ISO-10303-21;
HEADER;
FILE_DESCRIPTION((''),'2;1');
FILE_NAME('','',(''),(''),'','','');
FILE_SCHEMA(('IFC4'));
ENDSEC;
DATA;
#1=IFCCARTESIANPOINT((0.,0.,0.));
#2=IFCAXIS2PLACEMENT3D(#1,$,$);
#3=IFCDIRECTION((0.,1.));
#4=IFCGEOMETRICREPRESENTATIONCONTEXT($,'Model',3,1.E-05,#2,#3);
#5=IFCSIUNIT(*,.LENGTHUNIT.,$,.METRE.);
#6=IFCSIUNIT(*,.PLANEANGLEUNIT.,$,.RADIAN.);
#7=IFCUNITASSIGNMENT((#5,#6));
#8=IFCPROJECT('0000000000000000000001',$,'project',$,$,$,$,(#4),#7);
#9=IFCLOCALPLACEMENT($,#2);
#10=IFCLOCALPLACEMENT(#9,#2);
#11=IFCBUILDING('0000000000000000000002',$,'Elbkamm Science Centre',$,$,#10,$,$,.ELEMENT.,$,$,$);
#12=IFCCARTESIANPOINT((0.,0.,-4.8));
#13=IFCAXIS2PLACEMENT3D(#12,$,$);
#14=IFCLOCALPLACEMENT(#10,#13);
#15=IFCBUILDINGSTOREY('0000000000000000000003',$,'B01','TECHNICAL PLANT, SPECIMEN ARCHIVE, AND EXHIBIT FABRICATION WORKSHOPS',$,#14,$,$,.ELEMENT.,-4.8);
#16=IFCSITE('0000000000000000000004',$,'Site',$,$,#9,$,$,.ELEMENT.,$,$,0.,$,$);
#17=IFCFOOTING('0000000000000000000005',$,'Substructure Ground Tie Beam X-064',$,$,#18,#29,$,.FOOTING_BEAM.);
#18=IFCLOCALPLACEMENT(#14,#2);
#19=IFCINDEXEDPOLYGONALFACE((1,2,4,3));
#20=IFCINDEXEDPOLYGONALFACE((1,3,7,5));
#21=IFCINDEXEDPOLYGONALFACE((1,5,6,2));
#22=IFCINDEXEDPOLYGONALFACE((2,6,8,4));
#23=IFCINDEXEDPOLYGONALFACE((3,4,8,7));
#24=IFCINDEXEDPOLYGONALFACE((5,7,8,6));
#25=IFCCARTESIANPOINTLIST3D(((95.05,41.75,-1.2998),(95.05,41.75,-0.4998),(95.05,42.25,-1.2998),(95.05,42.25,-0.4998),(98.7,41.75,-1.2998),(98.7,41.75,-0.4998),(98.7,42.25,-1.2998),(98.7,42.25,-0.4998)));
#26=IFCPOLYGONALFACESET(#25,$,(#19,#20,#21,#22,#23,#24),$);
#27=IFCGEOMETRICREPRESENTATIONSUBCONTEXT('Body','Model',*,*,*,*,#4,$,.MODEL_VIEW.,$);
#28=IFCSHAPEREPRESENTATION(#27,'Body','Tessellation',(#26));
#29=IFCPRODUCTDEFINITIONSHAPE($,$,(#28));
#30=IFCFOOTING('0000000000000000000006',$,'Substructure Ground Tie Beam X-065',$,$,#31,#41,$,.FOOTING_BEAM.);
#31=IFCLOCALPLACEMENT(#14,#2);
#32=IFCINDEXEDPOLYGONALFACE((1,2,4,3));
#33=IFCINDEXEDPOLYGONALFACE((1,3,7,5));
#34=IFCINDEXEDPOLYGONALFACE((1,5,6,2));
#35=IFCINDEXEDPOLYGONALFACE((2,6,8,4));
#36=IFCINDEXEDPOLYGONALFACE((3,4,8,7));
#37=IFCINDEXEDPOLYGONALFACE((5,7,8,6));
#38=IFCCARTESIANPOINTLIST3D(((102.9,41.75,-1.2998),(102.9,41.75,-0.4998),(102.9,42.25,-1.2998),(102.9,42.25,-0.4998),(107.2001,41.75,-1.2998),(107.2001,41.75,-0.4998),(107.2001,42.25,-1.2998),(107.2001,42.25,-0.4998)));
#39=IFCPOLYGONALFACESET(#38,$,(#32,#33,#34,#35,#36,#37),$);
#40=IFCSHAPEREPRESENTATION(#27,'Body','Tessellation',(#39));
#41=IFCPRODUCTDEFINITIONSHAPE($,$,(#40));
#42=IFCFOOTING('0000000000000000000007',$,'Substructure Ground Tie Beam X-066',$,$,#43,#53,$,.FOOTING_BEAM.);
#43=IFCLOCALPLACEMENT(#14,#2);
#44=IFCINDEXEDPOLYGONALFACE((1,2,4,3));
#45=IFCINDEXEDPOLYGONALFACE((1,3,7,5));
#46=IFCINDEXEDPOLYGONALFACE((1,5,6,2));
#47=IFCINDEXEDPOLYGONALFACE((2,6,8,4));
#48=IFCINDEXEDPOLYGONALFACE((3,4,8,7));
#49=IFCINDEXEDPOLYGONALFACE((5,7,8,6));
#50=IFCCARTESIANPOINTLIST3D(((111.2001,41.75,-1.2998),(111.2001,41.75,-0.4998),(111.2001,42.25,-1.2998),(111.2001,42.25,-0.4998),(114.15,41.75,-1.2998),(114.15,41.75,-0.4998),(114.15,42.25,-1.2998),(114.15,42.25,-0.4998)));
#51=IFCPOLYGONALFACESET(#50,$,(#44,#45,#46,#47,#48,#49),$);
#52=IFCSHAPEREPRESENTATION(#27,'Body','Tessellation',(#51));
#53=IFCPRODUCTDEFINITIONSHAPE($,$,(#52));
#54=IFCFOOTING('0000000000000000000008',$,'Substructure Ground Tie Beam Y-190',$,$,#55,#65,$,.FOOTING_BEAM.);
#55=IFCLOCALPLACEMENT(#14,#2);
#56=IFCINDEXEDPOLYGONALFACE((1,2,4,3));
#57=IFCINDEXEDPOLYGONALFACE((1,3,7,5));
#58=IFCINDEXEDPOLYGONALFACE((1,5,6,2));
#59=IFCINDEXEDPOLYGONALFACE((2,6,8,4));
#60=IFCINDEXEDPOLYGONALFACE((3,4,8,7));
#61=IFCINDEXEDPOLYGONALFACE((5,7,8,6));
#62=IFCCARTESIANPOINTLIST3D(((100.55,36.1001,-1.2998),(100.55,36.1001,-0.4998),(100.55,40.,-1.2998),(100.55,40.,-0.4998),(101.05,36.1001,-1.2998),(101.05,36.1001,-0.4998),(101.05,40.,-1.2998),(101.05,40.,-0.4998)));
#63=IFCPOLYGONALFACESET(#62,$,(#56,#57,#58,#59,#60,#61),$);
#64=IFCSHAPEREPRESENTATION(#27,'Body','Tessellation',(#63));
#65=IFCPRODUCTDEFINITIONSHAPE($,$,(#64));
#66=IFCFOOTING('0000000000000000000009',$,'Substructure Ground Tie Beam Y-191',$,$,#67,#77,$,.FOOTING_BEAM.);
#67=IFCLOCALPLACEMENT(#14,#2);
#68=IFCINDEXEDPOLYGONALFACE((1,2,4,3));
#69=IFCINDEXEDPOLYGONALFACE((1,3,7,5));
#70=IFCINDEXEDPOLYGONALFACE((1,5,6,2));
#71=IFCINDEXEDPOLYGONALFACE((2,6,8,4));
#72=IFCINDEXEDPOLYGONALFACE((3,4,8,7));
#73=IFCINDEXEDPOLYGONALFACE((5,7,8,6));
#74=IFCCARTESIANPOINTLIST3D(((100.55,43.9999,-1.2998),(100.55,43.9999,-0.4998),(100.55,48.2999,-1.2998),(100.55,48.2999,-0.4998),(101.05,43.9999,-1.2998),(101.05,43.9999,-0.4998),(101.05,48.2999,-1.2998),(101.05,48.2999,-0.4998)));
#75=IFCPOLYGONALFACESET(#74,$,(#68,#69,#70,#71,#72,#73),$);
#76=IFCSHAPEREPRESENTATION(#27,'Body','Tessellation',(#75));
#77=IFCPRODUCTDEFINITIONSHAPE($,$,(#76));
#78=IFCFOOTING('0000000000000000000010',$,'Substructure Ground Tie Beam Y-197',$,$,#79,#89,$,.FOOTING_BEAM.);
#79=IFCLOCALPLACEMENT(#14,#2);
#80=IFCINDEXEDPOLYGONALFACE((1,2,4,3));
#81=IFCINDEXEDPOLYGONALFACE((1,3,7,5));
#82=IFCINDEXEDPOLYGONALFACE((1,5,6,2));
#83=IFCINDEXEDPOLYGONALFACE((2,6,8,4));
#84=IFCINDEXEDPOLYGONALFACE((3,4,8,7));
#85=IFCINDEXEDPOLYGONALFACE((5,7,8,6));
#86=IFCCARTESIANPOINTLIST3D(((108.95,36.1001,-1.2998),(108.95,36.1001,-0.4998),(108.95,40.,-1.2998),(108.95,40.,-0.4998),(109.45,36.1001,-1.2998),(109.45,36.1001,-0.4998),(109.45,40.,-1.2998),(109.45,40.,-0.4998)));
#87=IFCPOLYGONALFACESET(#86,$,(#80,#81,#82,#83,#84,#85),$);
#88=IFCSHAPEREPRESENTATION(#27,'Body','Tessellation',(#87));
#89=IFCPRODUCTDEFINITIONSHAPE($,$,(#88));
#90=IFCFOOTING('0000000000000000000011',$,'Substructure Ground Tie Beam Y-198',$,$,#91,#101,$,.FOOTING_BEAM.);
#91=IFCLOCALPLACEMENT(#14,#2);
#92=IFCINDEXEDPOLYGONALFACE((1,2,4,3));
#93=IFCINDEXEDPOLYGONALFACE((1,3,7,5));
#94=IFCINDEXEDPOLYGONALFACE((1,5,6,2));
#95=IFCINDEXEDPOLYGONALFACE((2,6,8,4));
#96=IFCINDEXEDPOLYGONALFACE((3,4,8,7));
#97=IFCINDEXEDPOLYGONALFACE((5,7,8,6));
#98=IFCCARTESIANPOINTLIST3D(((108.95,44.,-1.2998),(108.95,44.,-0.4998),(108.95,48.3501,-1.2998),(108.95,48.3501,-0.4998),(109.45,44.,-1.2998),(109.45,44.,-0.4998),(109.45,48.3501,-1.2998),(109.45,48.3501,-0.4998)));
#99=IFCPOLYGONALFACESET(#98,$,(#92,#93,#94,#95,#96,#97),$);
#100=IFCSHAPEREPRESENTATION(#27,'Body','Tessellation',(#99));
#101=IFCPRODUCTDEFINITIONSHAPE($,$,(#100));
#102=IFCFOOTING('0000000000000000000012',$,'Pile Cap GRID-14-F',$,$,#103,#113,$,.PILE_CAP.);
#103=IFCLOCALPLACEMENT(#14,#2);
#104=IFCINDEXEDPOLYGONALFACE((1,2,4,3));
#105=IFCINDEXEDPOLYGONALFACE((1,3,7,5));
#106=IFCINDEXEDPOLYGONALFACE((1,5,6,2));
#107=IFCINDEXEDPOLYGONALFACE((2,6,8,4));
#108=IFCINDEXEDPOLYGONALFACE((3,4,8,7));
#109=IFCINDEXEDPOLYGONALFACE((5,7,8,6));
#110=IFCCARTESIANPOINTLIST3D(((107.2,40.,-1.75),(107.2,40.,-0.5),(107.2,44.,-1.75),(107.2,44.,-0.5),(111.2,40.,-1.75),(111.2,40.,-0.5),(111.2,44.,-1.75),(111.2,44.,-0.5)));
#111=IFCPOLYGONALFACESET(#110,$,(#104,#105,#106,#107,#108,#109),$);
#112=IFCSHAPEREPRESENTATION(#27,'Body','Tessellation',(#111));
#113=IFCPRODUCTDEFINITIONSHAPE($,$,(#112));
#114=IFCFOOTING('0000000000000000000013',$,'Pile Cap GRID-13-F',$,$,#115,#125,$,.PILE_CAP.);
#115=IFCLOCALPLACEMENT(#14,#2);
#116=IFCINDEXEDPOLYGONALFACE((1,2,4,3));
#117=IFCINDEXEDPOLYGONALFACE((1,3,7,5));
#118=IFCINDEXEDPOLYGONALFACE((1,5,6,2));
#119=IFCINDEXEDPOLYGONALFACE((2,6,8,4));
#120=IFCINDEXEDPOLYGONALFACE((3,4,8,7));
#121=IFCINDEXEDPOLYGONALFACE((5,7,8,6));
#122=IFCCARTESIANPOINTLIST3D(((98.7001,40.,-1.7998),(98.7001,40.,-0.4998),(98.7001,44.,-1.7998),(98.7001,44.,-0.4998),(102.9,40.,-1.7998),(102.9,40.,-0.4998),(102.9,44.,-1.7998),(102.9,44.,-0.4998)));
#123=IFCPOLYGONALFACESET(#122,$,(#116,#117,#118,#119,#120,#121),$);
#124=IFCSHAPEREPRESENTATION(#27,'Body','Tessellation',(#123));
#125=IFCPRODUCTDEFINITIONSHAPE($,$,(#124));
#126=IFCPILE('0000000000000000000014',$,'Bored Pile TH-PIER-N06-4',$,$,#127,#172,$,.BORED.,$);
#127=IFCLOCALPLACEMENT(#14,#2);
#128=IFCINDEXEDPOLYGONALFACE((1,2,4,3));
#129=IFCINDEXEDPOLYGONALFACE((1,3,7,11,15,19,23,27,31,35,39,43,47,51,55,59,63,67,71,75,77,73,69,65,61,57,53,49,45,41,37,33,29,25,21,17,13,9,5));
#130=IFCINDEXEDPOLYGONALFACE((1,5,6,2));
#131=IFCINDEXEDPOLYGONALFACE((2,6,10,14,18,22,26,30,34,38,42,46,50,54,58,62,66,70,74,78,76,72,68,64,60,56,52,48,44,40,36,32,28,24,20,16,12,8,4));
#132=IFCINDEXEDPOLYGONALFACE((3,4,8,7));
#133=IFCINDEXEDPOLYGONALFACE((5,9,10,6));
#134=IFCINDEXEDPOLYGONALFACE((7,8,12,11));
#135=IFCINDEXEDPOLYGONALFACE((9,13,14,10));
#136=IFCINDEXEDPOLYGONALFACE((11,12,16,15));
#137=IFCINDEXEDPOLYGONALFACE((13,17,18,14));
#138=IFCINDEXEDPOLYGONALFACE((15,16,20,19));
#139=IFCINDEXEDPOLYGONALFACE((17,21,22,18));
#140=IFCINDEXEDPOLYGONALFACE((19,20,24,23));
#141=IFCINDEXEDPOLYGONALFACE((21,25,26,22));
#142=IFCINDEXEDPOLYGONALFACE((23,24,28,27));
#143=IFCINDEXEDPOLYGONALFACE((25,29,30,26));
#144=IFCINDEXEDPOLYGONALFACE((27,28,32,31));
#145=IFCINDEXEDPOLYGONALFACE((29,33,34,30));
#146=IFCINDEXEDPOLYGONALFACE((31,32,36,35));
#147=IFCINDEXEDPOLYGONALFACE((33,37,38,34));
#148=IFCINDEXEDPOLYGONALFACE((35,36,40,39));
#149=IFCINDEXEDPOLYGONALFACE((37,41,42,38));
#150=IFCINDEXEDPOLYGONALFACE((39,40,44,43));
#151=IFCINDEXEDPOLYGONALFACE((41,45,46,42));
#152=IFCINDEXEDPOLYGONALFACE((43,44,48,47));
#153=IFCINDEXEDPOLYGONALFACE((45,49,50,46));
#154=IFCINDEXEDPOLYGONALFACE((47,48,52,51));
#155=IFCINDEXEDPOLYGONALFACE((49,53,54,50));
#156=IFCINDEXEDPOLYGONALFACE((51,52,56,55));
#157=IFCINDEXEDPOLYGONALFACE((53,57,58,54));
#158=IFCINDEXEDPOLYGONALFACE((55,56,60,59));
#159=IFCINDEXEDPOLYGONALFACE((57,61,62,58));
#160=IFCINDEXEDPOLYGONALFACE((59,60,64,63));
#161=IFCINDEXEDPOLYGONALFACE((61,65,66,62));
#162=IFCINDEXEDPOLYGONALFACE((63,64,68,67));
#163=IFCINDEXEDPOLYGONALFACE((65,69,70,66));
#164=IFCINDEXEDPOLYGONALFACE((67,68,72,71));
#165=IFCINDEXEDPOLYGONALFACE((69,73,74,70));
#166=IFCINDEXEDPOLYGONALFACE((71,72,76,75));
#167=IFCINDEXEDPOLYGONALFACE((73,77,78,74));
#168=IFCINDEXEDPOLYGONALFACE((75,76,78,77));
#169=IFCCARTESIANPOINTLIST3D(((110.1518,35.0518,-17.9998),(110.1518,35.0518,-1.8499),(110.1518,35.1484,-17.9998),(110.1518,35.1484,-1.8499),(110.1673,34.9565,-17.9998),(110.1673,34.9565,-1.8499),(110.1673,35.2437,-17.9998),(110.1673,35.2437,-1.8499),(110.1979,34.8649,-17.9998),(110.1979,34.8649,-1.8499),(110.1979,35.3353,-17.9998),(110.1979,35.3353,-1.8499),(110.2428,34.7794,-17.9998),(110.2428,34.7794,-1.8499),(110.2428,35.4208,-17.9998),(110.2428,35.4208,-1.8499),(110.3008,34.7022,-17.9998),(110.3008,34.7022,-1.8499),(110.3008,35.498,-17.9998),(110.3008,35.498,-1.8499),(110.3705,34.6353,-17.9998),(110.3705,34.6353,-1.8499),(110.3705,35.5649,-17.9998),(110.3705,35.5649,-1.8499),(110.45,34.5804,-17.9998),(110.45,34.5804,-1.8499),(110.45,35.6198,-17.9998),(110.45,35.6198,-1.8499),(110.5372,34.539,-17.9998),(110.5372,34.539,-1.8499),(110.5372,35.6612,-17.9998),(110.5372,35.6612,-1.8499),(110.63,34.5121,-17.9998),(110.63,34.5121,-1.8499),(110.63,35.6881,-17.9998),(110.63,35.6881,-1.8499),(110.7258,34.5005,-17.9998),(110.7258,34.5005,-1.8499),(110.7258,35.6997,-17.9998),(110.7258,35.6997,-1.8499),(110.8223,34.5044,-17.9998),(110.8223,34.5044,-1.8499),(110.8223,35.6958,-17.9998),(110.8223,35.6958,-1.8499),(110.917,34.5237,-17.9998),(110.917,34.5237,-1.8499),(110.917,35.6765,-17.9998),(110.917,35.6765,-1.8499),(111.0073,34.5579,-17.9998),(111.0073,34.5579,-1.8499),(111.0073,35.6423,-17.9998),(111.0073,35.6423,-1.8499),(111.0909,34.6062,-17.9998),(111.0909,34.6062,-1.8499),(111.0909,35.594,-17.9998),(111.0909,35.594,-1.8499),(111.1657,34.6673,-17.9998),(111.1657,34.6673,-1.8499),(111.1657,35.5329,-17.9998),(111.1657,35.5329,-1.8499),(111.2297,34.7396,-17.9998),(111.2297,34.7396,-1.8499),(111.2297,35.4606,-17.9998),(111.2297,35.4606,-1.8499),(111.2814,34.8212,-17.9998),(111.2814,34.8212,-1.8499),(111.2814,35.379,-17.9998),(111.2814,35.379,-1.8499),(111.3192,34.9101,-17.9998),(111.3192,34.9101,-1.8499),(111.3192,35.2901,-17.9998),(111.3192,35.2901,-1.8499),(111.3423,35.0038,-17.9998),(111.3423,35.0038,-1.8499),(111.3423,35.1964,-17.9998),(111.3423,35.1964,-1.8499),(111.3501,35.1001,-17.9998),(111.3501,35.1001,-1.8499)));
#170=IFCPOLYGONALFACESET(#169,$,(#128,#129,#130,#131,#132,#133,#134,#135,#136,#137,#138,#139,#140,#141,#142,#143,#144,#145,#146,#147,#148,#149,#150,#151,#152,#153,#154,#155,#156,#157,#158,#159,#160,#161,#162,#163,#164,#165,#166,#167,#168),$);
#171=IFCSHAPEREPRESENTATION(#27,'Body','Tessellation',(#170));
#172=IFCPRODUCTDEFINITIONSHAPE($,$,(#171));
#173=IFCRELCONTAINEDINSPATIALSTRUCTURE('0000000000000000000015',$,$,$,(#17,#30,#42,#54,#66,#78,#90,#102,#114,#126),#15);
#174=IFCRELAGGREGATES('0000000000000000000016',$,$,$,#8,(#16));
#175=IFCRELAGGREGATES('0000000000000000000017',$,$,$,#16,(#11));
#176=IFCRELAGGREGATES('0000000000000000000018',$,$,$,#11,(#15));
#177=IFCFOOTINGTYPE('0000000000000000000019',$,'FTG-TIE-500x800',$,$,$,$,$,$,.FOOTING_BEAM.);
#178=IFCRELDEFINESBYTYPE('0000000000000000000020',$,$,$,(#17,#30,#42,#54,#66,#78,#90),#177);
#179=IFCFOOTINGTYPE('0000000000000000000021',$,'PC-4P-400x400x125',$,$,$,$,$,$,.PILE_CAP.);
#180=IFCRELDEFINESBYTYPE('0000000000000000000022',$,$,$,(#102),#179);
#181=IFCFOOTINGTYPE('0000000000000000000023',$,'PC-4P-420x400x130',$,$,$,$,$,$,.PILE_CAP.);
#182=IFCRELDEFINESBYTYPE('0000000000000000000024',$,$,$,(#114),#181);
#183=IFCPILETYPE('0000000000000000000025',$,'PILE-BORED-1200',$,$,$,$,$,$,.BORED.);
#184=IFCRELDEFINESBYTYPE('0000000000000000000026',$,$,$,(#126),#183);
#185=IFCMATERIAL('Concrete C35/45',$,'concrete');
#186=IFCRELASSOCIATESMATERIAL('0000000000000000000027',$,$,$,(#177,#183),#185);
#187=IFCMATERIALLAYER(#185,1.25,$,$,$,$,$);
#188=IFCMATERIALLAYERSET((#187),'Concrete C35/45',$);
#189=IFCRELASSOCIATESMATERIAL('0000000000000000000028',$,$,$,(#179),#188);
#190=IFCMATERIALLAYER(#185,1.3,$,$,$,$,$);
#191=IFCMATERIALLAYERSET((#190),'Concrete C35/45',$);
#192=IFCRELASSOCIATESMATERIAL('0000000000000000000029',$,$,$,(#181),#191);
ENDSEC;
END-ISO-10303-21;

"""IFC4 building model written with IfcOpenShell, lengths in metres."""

from ifc_helpers import new_model, si_unit, direction, frame, origin, origin_2d, place, context, subcontext, project, spatial, rectangle, circle, extrude, material, layer, layer_set, material_profile, profile_set, type_object, element, save


model = new_model("IFC4")

# Units and contexts
model_context = context("Model", 3, precision=1e-05, world=origin(), true_north=direction((0.0, 1.0)))
body_context = subcontext(model_context, "Body", "Model", "MODEL_VIEW")
ifc_project = project(units=[si_unit("LENGTHUNIT", "METRE"), si_unit("PLANEANGLEUNIT", "RADIAN")], contexts=[model_context])

# Site, building, storey
site_placement = place(None, origin())
site = spatial("IfcSite", under=ifc_project, at=site_placement, Name="Site", CompositionType="ELEMENT", RefElevation=0.0)
building_placement = place(site_placement, origin())
building = spatial("IfcBuilding", under=site, at=building_placement, Name="Elbkamm Science Centre", CompositionType="ELEMENT")
storey_placement = place(building_placement, frame((0.0, 0.0, -4.8)))
storey = spatial("IfcBuildingStorey", under=building, at=storey_placement, Name="B01", Description="TECHNICAL PLANT, SPECIMEN ARCHIVE, AND EXHIBIT FABRICATION WORKSHOPS", CompositionType="ELEMENT", Elevation=-4.8)

# Footings
ifc_material_1 = material(Name="Concrete C35/45", Category="concrete")
footing_type_1 = type_object("IfcFootingType", Name="FTG-TIE-500x800", PredefinedType="FOOTING_BEAM", material=ifc_material_1)
footing_1_placement = place(storey_placement, frame((96.875, 42.0, -1.2998), z_axis=(0.0, 0.0, 1.0), x_axis=(1.0, 0.0, 0.0)))
element("IfcFooting", 1, at=footing_1_placement, inside=storey, type_object=footing_type_1, Name="Substructure Ground Tie Beam X-064", PredefinedType="FOOTING_BEAM", context=body_context, shape_type="SweptSolid", body=[
    extrude(rectangle(XDim=3.6499, YDim=0.5, at=origin_2d()), origin(), (0.0, 0.0, 1.0), 0.8),
])
footing_2_placement = place(storey_placement, frame((105.05, 42.0, -1.2998), z_axis=(0.0, 0.0, 1.0), x_axis=(1.0, 0.0, 0.0)))
element("IfcFooting", 2, at=footing_2_placement, inside=storey, type_object=footing_type_1, Name="Substructure Ground Tie Beam X-065", PredefinedType="FOOTING_BEAM", context=body_context, shape_type="SweptSolid", body=[
    extrude(rectangle(XDim=4.3, YDim=0.5, at=origin_2d()), origin(), (0.0, 0.0, 1.0), 0.8),
])
footing_3_placement = place(storey_placement, frame((112.675, 42.0, -1.2998), z_axis=(0.0, 0.0, 1.0), x_axis=(1.0, 0.0, 0.0)))
element("IfcFooting", 3, at=footing_3_placement, inside=storey, type_object=footing_type_1, Name="Substructure Ground Tie Beam X-066", PredefinedType="FOOTING_BEAM", context=body_context, shape_type="SweptSolid", body=[
    extrude(rectangle(XDim=2.95, YDim=0.5, at=origin_2d()), origin(), (0.0, 0.0, 1.0), 0.8),
])
footing_4_placement = place(storey_placement, frame((100.8, 38.05, -1.2998), z_axis=(0.0, 0.0, 1.0), x_axis=(1.0, 0.0, 0.0)))
element("IfcFooting", 4, at=footing_4_placement, inside=storey, type_object=footing_type_1, Name="Substructure Ground Tie Beam Y-190", PredefinedType="FOOTING_BEAM", context=body_context, shape_type="SweptSolid", body=[
    extrude(rectangle(XDim=0.5, YDim=3.8999, at=origin_2d()), origin(), (0.0, 0.0, 1.0), 0.8),
])
footing_5_placement = place(storey_placement, frame((100.8, 46.1499, -1.2998), z_axis=(0.0, 0.0, 1.0), x_axis=(1.0, 0.0, 0.0)))
element("IfcFooting", 5, at=footing_5_placement, inside=storey, type_object=footing_type_1, Name="Substructure Ground Tie Beam Y-191", PredefinedType="FOOTING_BEAM", context=body_context, shape_type="SweptSolid", body=[
    extrude(rectangle(XDim=0.5, YDim=4.3, at=origin_2d()), origin(), (0.0, 0.0, 1.0), 0.8),
])
footing_6_placement = place(storey_placement, frame((109.2, 38.05, -1.2998), z_axis=(0.0, 0.0, 1.0), x_axis=(1.0, 0.0, 0.0)))
element("IfcFooting", 6, at=footing_6_placement, inside=storey, type_object=footing_type_1, Name="Substructure Ground Tie Beam Y-197", PredefinedType="FOOTING_BEAM", context=body_context, shape_type="SweptSolid", body=[
    extrude(rectangle(XDim=0.5, YDim=3.8999, at=origin_2d()), origin(), (0.0, 0.0, 1.0), 0.8),
])
footing_7_placement = place(storey_placement, frame((109.2, 46.175, -1.2998), z_axis=(0.0, 0.0, 1.0), x_axis=(1.0, 0.0, 0.0)))
element("IfcFooting", 7, at=footing_7_placement, inside=storey, type_object=footing_type_1, Name="Substructure Ground Tie Beam Y-198", PredefinedType="FOOTING_BEAM", context=body_context, shape_type="SweptSolid", body=[
    extrude(rectangle(XDim=0.5, YDim=4.3501, at=origin_2d()), origin(), (0.0, 0.0, 1.0), 0.8),
])
ifc_layer_1 = layer(ifc_material_1, 1.25)
ifc_layer_set_1 = layer_set([ifc_layer_1], Name="Concrete C35/45")
footing_type_2 = type_object("IfcFootingType", Name="PC-4P-400x400x125", PredefinedType="PILE_CAP", material=ifc_layer_set_1)
footing_8_placement = place(storey_placement, frame((109.2, 42.0, -1.75), z_axis=(0.0, 0.0, 1.0), x_axis=(1.0, 0.0, 0.0)))
element("IfcFooting", 8, at=footing_8_placement, inside=storey, type_object=footing_type_2, Name="Pile Cap GRID-14-F", PredefinedType="PILE_CAP", context=body_context, shape_type="SweptSolid", body=[
    extrude(rectangle(XDim=4.0, YDim=4.0, at=origin_2d()), origin(), (0.0, 0.0, 1.0), 1.25),
])
ifc_layer_2 = layer(ifc_material_1, 1.3)
ifc_layer_set_2 = layer_set([ifc_layer_2], Name="Concrete C35/45")
footing_type_3 = type_object("IfcFootingType", Name="PC-4P-420x400x130", PredefinedType="PILE_CAP", material=ifc_layer_set_2)
footing_9_placement = place(storey_placement, frame((100.8, 42.0, -1.7998), z_axis=(0.0, 0.0, 1.0), x_axis=(1.0, 0.0, 0.0)))
element("IfcFooting", 9, at=footing_9_placement, inside=storey, type_object=footing_type_3, Name="Pile Cap GRID-13-F", PredefinedType="PILE_CAP", context=body_context, shape_type="SweptSolid", body=[
    extrude(rectangle(XDim=4.2, YDim=4.0, at=origin_2d()), origin(), (0.0, 0.0, 1.0), 1.3),
])

# Pile
ifc_material_profile_1 = material_profile(ifc_material_1, circle(Radius=0.6001, at=origin_2d()), Name="PILE D1200")
ifc_profile_set_1 = profile_set([ifc_material_profile_1], Name="Concrete C35/45")
pile_type_1 = type_object("IfcPileType", Name="PILE-BORED-1200", PredefinedType="BORED", material=ifc_profile_set_1)
pile_placement = place(storey_placement, frame((110.75, 35.1001, -1.8499), z_axis=(0.0, 0.0, -1.0), x_axis=(1.0, 0.0, 0.0)))
element("IfcPile", 10, at=pile_placement, inside=storey, type_object=pile_type_1, Name="Bored Pile TH-PIER-N06-4", PredefinedType="BORED", context=body_context, shape_type="SweptSolid", body=[
    extrude(circle(Radius=0.6001, at=origin_2d()), origin(), (0.0, 0.0, 1.0), 16.1499),
])

save(model, "model.ifc")
